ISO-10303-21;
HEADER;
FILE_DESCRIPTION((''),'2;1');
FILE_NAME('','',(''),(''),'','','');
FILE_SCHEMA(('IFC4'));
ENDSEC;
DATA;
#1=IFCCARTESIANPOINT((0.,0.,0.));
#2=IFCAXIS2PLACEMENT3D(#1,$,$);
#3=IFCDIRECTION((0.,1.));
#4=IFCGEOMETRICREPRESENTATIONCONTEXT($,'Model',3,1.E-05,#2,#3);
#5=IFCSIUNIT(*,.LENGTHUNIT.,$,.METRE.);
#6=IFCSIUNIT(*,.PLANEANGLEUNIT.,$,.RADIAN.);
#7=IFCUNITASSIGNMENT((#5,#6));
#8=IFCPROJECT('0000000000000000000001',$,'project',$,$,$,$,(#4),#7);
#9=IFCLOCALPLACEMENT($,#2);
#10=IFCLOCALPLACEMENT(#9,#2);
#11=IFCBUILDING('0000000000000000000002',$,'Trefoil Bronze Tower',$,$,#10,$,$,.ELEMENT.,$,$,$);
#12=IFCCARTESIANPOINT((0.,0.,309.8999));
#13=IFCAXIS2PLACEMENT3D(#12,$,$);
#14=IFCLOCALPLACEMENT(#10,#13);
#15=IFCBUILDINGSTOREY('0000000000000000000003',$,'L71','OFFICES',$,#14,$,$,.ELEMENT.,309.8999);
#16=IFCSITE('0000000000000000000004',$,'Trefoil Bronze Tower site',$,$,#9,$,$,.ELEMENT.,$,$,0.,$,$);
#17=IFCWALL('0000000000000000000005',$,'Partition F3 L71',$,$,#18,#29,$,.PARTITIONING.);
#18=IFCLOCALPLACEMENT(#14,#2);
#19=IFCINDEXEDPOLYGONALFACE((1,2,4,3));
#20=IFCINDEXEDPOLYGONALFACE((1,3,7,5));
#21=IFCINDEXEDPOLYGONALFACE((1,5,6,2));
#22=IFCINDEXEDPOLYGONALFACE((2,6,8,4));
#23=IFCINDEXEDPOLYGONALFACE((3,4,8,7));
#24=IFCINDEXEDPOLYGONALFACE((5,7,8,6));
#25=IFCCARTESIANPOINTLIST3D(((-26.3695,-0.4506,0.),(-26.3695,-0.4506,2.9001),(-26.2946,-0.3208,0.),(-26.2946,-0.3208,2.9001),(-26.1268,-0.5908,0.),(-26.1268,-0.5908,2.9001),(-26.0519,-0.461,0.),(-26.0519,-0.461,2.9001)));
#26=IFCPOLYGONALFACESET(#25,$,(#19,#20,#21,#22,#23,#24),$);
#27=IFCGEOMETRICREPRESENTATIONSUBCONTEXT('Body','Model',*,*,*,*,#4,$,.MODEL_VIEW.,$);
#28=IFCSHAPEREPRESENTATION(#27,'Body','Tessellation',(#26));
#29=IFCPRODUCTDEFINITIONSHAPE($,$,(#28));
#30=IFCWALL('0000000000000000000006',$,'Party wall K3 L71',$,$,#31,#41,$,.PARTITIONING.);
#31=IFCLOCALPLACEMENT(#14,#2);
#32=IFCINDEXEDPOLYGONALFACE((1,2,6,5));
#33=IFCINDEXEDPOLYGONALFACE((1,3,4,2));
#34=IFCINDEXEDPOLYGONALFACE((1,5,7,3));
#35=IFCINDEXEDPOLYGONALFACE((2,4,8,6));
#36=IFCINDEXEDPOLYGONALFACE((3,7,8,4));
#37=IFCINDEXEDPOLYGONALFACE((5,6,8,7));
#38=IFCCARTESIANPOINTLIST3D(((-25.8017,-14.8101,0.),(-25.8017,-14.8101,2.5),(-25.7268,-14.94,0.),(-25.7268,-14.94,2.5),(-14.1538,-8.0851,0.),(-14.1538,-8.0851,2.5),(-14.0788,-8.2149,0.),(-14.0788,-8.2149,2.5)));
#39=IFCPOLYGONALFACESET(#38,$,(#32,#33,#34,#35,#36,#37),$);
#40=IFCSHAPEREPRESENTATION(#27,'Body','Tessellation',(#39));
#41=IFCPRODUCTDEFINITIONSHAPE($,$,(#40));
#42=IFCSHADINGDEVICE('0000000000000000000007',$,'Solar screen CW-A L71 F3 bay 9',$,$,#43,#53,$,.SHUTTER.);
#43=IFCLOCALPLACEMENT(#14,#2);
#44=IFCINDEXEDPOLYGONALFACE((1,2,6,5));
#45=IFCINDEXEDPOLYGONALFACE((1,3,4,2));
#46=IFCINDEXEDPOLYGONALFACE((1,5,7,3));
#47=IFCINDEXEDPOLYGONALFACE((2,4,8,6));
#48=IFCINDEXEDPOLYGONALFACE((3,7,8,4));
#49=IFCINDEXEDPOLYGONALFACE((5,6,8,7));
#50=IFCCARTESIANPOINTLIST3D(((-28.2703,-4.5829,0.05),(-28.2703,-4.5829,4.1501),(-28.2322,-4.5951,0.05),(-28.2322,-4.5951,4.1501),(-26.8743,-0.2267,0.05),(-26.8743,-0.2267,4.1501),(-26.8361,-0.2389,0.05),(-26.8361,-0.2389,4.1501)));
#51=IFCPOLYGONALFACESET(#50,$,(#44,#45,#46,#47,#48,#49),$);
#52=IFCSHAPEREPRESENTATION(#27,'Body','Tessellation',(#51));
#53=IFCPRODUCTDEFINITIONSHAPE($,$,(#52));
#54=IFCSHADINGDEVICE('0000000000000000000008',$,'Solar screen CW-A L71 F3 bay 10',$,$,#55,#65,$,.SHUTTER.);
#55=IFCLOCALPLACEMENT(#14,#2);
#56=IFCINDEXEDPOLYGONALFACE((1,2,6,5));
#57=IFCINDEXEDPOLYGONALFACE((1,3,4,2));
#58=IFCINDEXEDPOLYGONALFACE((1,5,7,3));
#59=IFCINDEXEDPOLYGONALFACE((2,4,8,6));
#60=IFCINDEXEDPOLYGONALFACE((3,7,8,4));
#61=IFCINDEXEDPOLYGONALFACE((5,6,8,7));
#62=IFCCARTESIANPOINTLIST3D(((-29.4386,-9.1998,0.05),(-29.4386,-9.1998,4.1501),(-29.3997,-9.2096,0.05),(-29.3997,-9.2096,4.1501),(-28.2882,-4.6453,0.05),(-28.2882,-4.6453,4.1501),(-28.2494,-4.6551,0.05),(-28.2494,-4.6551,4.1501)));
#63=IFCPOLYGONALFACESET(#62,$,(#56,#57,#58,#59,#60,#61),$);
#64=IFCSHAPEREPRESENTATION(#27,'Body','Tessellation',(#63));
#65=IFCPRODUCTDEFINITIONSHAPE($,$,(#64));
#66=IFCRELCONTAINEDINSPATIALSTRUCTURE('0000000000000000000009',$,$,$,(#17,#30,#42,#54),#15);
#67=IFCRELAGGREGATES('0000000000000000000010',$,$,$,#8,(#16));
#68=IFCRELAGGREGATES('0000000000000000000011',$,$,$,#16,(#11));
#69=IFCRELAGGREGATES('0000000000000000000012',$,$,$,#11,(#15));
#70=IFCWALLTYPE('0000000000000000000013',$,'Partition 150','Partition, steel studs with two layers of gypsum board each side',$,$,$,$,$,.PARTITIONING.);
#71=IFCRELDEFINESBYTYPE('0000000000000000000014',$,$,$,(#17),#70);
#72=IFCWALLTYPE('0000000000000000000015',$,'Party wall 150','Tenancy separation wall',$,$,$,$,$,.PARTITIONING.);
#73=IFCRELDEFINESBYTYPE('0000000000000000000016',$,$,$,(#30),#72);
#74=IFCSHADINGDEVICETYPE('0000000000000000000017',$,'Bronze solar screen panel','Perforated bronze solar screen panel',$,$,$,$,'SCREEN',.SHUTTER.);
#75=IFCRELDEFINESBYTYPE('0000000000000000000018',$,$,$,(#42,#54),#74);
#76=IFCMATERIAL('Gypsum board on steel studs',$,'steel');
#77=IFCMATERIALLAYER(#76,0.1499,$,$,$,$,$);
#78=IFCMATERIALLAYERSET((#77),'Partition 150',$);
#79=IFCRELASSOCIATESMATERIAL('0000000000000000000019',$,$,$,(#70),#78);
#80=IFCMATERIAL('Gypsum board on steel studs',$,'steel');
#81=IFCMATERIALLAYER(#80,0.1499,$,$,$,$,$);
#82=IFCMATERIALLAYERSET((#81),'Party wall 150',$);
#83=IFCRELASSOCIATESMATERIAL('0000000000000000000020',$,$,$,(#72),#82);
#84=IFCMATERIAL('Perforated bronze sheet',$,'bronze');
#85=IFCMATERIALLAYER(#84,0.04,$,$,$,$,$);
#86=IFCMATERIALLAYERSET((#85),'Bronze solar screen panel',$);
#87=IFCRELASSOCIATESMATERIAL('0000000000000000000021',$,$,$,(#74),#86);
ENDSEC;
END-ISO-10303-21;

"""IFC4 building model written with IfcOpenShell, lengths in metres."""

from ifc_helpers import new_model, si_unit, direction, frame, frame_2d, origin, origin_2d, place, context, subcontext, project, spatial, rectangle, extrude, material, layer, layer_set, type_object, element, save


model = new_model("IFC4")

# Units and contexts
model_context = context("Model", 3, precision=1e-05, world=origin(), true_north=direction((0.0, 1.0)))
body_context = subcontext(model_context, "Body", "Model", "MODEL_VIEW")
ifc_project = project(units=[si_unit("LENGTHUNIT", "METRE"), si_unit("PLANEANGLEUNIT", "RADIAN")], contexts=[model_context])

# Site, building, storey
site_placement = place(None, origin())
site = spatial("IfcSite", under=ifc_project, at=site_placement, Name="Trefoil Bronze Tower site", CompositionType="ELEMENT", RefElevation=0.0)
building_placement = place(site_placement, origin())
building = spatial("IfcBuilding", under=site, at=building_placement, Name="Trefoil Bronze Tower", CompositionType="ELEMENT")
storey_placement = place(building_placement, frame((0.0, 0.0, 309.8999)))
storey = spatial("IfcBuildingStorey", under=building, at=storey_placement, Name="L71", Description="OFFICES", CompositionType="ELEMENT", Elevation=309.8999)

# Walls
ifc_material_1 = material(Name="Gypsum board on steel studs", Category="steel")
ifc_layer_1 = layer(ifc_material_1, 0.1499)
ifc_layer_set_1 = layer_set([ifc_layer_1], Name="Partition 150")
wall_type_1 = type_object("IfcWallType", Name="Partition 150", Description="Partition, steel studs with two layers of gypsum board each side", PredefinedType="PARTITIONING", material=ifc_layer_set_1)
wall_1_placement = place(storey_placement, frame((-26.0894, -0.5259, 0.0), z_axis=(0.0, 0.0, 1.0), x_axis=(-0.865982, 0.500074, 0.0)))
element("IfcWall", 1, at=wall_1_placement, inside=storey, type_object=wall_type_1, Name="Partition F3 L71", PredefinedType="PARTITIONING", context=body_context, shape_type="SweptSolid", body=[
    extrude(rectangle(XDim=0.2803, YDim=0.1499, at=frame_2d((0.1401, 0.0))), origin(), (0.0, 0.0, 1.0), 2.9001),
])
ifc_material_2 = material(Name="Gypsum board on steel studs", Category="steel")
ifc_layer_2 = layer(ifc_material_2, 0.1499)
ifc_layer_set_2 = layer_set([ifc_layer_2], Name="Party wall 150")
wall_type_2 = type_object("IfcWallType", Name="Party wall 150", Description="Tenancy separation wall", PredefinedType="PARTITIONING", material=ifc_layer_set_2)
wall_2_placement = place(storey_placement, frame((-14.1162, -8.1499, 0.0), z_axis=(0.0, 0.0, 1.0), x_axis=(-0.866021, -0.500008, 0.0)))
element("IfcWall", 2, at=wall_2_placement, inside=storey, type_object=wall_type_2, Name="Party wall K3 L71", PredefinedType="PARTITIONING", context=body_context, shape_type="SweptSolid", body=[
    extrude(rectangle(XDim=13.45, YDim=0.1499, at=frame_2d((6.7251, 0.0))), origin(), (0.0, 0.0, 1.0), 2.5),
])

# Shading devices
ifc_material_3 = material(Name="Perforated bronze sheet", Category="bronze")
ifc_layer_3 = layer(ifc_material_3, 0.04)
ifc_layer_set_3 = layer_set([ifc_layer_3], Name="Bronze solar screen panel")
shading_device_type = type_object("IfcShadingDeviceType", Name="Bronze solar screen panel", Description="Perforated bronze solar screen panel", ElementType="SCREEN", PredefinedType="SHUTTER", material=ifc_layer_set_3)
shading_device_1_placement = place(storey_placement, frame((-27.5532, -2.4109, 0.05), z_axis=(0.0, 0.0, 1.0), x_axis=(-0.305188, -0.952292, 0.0)))
element("IfcShadingDevice", 3, at=shading_device_1_placement, inside=storey, type_object=shading_device_type, Name="Solar screen CW-A L71 F3 bay 9", PredefinedType="SHUTTER", context=body_context, shape_type="SweptSolid", body=[
    extrude(rectangle(XDim=4.5745, YDim=0.04, at=origin_2d()), origin(), (0.0, 0.0, 1.0), 4.1001),
])
shading_device_2_placement = place(storey_placement, frame((-28.844, -6.9275, 0.05), z_axis=(0.0, 0.0, 1.0), x_axis=(-0.24488, -0.969554, 0.0)))
element("IfcShadingDevice", 4, at=shading_device_2_placement, inside=storey, type_object=shading_device_type, Name="Solar screen CW-A L71 F3 bay 10", PredefinedType="SHUTTER", context=body_context, shape_type="SweptSolid", body=[
    extrude(rectangle(XDim=4.6975, YDim=0.04, at=origin_2d()), origin(), (0.0, 0.0, 1.0), 4.1001),
])

save(model, "model.ifc")
